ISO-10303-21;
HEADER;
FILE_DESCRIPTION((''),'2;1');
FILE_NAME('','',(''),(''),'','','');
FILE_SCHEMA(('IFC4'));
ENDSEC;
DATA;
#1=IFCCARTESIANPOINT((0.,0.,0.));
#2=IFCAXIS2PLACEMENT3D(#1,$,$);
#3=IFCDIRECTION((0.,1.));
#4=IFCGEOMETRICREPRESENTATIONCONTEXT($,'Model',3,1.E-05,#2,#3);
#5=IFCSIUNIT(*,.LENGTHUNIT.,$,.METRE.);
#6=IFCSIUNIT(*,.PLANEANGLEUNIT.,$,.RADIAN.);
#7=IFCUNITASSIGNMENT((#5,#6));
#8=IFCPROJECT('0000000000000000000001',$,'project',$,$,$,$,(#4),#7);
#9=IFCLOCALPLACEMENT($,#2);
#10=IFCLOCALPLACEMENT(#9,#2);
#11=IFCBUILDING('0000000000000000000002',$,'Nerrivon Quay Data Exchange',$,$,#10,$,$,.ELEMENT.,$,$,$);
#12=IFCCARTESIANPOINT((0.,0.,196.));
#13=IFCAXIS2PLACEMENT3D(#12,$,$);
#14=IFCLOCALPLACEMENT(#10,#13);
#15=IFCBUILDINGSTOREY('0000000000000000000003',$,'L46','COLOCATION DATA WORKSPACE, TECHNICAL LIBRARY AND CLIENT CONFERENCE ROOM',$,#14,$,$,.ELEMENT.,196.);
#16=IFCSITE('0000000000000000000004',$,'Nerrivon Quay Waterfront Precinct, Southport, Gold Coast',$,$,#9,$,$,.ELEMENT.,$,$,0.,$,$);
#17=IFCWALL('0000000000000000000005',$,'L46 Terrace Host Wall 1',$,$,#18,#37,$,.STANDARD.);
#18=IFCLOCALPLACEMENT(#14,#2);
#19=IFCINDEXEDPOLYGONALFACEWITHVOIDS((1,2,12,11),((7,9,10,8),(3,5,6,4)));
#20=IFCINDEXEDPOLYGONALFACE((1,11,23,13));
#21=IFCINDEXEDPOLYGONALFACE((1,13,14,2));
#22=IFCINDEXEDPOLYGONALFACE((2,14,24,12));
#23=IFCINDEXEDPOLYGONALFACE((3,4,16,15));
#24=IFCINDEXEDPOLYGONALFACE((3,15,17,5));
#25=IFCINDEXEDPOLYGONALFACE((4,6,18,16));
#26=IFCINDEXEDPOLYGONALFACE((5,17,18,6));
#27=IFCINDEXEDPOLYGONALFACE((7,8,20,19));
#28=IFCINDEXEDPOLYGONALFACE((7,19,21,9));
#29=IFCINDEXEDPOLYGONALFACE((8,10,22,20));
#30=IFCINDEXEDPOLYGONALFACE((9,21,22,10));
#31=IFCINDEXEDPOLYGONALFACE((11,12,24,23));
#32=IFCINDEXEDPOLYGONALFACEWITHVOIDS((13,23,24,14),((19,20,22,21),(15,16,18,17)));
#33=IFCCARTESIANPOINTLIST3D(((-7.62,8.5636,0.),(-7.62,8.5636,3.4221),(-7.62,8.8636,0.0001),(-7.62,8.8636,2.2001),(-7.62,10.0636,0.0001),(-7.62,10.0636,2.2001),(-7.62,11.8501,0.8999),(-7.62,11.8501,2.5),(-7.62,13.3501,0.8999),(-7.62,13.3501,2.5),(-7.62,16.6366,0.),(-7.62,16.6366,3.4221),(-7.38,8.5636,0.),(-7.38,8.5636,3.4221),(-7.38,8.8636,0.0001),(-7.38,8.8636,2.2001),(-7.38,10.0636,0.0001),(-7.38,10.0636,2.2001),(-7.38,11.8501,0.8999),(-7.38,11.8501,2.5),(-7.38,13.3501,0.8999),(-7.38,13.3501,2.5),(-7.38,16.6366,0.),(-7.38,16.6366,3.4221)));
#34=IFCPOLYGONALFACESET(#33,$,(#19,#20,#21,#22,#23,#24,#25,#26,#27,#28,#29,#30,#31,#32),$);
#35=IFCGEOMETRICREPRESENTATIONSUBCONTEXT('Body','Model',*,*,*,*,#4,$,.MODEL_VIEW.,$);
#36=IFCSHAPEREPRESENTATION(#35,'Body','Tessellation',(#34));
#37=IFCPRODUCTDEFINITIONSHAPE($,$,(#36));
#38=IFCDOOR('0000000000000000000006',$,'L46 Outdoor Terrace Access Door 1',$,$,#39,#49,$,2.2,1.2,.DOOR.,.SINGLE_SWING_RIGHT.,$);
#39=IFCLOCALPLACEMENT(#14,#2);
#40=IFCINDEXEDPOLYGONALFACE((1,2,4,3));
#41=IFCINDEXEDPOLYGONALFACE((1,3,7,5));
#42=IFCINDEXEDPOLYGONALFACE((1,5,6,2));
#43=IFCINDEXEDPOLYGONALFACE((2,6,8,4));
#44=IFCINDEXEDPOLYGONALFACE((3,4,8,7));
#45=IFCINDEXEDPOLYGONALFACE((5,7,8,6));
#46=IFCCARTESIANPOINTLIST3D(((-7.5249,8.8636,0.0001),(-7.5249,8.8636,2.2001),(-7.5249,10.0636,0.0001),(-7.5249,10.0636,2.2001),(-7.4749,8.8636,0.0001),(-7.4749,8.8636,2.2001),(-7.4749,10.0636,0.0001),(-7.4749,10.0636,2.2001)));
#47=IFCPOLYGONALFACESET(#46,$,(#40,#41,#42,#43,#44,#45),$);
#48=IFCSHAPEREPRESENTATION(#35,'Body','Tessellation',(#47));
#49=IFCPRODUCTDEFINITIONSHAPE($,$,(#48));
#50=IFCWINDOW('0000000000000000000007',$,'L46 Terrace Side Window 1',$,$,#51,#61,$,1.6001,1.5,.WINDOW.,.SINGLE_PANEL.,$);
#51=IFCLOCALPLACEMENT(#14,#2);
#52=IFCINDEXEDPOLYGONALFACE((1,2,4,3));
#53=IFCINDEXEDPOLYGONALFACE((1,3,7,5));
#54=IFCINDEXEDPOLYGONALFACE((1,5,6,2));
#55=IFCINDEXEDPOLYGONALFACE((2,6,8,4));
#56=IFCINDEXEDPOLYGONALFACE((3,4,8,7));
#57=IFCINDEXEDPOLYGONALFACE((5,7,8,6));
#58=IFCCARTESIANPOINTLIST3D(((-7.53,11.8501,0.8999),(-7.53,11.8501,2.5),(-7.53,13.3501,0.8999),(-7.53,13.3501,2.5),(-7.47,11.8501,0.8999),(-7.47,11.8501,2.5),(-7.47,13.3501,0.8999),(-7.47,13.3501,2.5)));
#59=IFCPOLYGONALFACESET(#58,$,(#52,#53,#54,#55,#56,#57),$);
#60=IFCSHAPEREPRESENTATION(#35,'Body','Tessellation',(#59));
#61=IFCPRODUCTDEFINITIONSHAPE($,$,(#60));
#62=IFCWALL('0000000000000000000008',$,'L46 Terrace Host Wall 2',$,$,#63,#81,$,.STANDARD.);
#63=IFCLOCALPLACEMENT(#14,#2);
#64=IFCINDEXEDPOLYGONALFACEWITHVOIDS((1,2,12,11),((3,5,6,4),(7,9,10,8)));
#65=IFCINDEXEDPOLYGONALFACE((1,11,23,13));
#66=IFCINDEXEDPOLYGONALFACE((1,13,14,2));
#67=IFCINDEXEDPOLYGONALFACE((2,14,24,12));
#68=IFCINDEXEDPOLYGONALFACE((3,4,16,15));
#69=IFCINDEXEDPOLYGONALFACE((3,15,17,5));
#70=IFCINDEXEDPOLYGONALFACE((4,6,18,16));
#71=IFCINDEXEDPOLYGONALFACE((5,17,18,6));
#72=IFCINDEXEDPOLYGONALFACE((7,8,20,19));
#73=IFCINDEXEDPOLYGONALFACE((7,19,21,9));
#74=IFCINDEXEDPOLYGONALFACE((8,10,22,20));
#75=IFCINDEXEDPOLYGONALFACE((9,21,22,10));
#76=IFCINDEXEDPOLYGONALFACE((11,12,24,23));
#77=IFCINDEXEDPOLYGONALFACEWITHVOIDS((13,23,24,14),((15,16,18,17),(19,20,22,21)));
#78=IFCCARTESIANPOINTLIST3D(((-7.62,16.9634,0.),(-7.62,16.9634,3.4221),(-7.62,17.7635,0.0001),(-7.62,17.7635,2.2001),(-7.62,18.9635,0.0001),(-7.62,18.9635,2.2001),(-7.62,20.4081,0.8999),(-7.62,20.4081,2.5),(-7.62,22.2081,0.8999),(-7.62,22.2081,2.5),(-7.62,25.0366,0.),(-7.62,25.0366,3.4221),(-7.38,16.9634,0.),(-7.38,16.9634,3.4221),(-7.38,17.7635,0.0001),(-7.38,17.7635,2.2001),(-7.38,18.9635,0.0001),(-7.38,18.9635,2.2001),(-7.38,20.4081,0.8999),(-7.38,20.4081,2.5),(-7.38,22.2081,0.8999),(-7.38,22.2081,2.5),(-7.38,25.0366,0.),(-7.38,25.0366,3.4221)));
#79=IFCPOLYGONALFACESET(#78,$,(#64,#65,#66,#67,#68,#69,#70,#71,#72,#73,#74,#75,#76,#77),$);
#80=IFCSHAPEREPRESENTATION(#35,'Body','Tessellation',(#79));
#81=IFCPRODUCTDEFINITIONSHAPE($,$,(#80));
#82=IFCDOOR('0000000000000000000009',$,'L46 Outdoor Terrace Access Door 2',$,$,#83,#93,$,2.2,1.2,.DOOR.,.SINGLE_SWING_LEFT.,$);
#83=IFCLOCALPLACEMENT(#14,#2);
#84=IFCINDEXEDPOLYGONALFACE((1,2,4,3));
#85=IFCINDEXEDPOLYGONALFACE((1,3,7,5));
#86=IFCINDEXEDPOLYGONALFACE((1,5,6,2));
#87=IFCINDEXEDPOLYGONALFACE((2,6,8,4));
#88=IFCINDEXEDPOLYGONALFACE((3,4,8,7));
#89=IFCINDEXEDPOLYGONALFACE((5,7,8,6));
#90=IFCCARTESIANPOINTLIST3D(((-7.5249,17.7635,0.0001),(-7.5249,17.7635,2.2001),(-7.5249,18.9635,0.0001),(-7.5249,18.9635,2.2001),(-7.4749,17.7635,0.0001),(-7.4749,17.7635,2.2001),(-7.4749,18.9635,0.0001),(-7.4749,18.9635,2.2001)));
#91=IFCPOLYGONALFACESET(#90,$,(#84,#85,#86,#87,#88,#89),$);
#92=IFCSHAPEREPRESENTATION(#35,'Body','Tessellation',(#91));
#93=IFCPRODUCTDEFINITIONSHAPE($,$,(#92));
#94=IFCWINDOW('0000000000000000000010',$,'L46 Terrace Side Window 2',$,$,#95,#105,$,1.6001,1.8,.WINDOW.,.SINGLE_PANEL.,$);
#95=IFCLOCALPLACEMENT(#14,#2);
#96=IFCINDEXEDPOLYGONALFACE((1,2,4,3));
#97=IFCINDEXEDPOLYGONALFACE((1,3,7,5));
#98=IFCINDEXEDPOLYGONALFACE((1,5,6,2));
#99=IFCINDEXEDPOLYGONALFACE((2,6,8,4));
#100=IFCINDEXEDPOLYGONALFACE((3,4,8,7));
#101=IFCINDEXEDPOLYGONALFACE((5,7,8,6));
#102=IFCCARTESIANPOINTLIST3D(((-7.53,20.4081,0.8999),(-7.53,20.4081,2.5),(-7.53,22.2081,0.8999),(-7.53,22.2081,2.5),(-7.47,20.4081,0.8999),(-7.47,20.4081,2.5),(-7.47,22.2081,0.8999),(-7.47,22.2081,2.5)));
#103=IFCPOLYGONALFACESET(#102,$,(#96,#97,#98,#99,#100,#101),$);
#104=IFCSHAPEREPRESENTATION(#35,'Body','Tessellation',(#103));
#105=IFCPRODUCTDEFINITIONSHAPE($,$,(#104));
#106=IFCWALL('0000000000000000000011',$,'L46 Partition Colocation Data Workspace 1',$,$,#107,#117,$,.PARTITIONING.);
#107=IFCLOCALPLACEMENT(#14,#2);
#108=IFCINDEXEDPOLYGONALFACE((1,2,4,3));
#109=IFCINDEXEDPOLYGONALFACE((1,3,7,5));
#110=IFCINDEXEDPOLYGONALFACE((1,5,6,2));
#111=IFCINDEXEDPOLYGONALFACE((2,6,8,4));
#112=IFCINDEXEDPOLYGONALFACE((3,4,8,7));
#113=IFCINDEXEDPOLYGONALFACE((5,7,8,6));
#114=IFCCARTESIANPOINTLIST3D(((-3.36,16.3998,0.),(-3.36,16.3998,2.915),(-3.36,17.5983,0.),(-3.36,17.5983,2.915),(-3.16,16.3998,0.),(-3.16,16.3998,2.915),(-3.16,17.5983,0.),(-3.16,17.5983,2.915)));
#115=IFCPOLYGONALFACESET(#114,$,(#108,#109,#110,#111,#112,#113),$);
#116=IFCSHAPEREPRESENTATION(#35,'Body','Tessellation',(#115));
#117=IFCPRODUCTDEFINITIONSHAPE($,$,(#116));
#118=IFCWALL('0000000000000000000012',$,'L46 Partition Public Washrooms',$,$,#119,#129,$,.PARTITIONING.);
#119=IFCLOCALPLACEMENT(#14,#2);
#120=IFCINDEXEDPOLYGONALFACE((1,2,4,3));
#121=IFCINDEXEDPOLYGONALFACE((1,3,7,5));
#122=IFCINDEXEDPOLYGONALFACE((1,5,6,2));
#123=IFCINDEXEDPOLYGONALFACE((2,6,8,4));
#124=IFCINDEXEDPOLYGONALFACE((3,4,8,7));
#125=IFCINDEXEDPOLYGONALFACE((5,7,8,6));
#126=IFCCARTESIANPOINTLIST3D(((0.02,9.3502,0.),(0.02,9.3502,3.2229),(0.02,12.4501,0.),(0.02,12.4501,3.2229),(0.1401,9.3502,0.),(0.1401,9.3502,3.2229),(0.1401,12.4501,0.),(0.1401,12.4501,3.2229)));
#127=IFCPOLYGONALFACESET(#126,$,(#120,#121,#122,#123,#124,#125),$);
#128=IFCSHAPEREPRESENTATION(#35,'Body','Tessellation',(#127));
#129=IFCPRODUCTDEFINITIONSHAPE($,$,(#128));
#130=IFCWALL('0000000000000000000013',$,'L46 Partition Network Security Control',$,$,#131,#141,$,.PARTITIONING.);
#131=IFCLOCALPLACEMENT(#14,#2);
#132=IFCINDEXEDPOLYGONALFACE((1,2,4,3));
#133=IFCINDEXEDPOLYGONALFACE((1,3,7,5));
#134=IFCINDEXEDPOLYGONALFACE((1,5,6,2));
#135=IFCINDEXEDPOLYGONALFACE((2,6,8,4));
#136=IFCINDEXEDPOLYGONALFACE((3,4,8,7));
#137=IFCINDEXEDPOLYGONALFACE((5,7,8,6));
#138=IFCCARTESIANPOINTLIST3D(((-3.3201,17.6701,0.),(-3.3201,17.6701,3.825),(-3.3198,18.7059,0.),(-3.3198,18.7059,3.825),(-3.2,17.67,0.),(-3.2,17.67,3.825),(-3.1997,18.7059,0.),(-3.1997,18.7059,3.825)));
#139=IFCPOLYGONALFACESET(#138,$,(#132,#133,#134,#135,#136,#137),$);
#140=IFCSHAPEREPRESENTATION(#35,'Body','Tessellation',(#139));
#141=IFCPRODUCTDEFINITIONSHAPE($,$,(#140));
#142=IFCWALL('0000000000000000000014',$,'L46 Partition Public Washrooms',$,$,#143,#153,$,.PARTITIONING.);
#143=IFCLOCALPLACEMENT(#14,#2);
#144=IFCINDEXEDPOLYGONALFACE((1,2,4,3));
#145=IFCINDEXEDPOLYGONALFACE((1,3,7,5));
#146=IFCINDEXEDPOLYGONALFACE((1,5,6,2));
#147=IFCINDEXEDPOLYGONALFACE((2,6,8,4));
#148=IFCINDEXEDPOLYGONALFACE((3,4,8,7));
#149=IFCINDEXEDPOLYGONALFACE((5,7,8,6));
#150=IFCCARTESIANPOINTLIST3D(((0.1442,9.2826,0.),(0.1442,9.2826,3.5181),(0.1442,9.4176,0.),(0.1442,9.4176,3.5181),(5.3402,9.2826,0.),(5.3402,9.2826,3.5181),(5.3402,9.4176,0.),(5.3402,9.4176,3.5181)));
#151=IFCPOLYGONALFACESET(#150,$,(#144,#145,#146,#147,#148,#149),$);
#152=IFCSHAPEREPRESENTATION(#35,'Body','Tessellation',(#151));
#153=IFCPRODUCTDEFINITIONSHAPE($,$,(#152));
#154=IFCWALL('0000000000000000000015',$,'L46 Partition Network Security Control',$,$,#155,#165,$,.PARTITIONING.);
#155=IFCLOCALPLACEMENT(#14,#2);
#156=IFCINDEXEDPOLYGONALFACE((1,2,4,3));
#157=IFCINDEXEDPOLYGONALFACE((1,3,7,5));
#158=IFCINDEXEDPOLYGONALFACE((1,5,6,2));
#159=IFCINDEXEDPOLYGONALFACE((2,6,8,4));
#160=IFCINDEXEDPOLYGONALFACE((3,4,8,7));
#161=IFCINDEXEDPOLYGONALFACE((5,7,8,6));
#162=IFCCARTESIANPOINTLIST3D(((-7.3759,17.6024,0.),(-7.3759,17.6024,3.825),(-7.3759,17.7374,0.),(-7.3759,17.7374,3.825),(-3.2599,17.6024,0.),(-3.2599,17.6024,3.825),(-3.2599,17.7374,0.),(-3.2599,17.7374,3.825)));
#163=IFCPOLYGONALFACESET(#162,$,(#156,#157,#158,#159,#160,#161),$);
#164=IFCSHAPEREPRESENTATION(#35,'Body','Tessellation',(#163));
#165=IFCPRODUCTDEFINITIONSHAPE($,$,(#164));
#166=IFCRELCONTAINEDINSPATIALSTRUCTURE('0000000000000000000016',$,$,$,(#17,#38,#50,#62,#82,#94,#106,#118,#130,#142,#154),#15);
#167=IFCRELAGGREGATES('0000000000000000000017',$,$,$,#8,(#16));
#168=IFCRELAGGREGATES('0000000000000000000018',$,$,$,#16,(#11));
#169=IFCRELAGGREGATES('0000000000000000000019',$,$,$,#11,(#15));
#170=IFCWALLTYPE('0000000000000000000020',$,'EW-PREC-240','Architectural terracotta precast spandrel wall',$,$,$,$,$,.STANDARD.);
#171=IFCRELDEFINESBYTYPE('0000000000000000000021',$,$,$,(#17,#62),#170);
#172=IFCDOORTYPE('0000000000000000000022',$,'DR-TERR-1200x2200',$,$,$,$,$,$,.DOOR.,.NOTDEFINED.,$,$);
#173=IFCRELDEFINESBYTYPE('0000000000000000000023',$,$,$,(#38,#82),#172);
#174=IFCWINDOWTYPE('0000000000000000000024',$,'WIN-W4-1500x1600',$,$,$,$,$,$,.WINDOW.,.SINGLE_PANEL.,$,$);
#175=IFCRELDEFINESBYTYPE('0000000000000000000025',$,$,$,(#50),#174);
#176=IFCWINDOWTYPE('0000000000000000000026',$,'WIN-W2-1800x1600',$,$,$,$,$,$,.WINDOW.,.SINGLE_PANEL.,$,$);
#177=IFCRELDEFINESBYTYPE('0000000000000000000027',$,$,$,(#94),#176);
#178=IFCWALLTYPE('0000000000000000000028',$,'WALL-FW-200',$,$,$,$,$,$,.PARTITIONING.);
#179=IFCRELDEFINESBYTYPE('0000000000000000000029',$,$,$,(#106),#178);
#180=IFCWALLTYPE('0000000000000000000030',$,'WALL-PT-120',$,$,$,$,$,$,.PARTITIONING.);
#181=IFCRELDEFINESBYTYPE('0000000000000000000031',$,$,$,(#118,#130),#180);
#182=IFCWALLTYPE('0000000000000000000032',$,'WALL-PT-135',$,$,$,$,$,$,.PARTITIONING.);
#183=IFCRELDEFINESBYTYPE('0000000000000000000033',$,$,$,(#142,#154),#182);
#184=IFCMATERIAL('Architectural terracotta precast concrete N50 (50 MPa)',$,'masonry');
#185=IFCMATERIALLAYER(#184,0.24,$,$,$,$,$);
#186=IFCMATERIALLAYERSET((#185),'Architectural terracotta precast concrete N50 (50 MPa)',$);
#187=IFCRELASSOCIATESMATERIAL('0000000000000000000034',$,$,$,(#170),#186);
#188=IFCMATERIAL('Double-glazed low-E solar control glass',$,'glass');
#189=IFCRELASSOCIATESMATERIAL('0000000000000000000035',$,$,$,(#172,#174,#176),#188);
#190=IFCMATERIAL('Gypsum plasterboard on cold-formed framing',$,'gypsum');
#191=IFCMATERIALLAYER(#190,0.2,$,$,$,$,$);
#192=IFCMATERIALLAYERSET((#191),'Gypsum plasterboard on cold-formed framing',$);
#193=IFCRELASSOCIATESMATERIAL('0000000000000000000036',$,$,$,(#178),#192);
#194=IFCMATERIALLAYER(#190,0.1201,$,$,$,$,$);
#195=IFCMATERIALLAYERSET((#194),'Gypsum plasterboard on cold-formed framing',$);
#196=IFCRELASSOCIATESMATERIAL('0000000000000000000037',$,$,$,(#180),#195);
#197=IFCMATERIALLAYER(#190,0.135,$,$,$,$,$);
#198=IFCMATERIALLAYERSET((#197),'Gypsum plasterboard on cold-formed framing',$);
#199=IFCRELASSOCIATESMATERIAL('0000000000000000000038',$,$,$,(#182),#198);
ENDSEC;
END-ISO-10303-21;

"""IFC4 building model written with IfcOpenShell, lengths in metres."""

from ifc_helpers import new_model, si_unit, direction, frame, frame_2d, origin, place, context, subcontext, project, spatial, rectangle, extrude, material, layer, layer_set, type_object, element, fill, save


model = new_model("IFC4")

# Units and contexts
model_context = context("Model", 3, precision=1e-05, world=origin(), true_north=direction((0.0, 1.0)))
body_context = subcontext(model_context, "Body", "Model", "MODEL_VIEW")
ifc_project = project(units=[si_unit("LENGTHUNIT", "METRE"), si_unit("PLANEANGLEUNIT", "RADIAN")], contexts=[model_context])

# Site, building, storey
site_placement = place(None, origin())
site = spatial("IfcSite", under=ifc_project, at=site_placement, Name="Nerrivon Quay Waterfront Precinct, Southport, Gold Coast", CompositionType="ELEMENT", RefElevation=0.0)
building_placement = place(site_placement, origin())
building = spatial("IfcBuilding", under=site, at=building_placement, Name="Nerrivon Quay Data Exchange", CompositionType="ELEMENT")
storey_placement = place(building_placement, frame((0.0, 0.0, 196.0)))
storey = spatial("IfcBuildingStorey", under=building, at=storey_placement, Name="L46", Description="COLOCATION DATA WORKSPACE, TECHNICAL LIBRARY AND CLIENT CONFERENCE ROOM", CompositionType="ELEMENT", Elevation=196.0)

# Walls, openings, doors, windows
ifc_material_1 = material(Name="Architectural terracotta precast concrete N50 (50 MPa)", Category="masonry")
ifc_layer_1 = layer(ifc_material_1, 0.24)
ifc_layer_set_1 = layer_set([ifc_layer_1], Name="Architectural terracotta precast concrete N50 (50 MPa)")
wall_type_1 = type_object("IfcWallType", Name="EW-PREC-240", Description="Architectural terracotta precast spandrel wall", PredefinedType="STANDARD", material=ifc_layer_set_1)
wall_1_placement = place(storey_placement, frame((-7.5, 8.5635, 0.0), z_axis=(0.0, 0.0, 1.0), x_axis=(0.0, 1.0, 0.0)))
wall_1 = element("IfcWall", 1, at=wall_1_placement, inside=storey, type_object=wall_type_1, Name="L46 Terrace Host Wall 1", PredefinedType="STANDARD", context=body_context, shape_type="SweptSolid", body=[
    extrude(rectangle(XDim=8.073, YDim=0.24, at=frame_2d((4.0366, 0.0))), origin(), (0.0, 0.0, 1.0), 3.4221),
])
opening_1_placement = place(wall_1_placement, frame((0.3, 0.0, 0.0)))
opening_1 = element("IfcOpeningElement", 2, at=opening_1_placement, cuts=wall_1, PredefinedType="OPENING", context=body_context, shape_type="SweptSolid", body=[
    extrude(rectangle(XDim=1.2, YDim=2.2, at=frame_2d((0.6001, 1.1001))), frame((0.0, 0.1299, 0.0), z_axis=(0.0, -1.0, 0.0), x_axis=(1.0, 0.0, 0.0)), (0.0, 0.0, 1.0), 0.26),
])
opening_2_placement = place(wall_1_placement, frame((3.2866, 0.0, 0.8999)))
opening_2 = element("IfcOpeningElement", 3, at=opening_2_placement, cuts=wall_1, PredefinedType="OPENING", context=body_context, shape_type="SweptSolid", body=[
    extrude(rectangle(XDim=1.5, YDim=1.6001, at=frame_2d((0.75, 0.8))), frame((0.0, 0.1299, 0.0), z_axis=(0.0, -1.0, 0.0), x_axis=(1.0, 0.0, 0.0)), (0.0, 0.0, 1.0), 0.26),
])
ifc_material_2 = material(Name="Double-glazed low-E solar control glass", Category="glass")
door_type = type_object("IfcDoorType", Name="DR-TERR-1200x2200", OperationType="NOTDEFINED", PredefinedType="DOOR", material=ifc_material_2)
door_1_placement = place(opening_1_placement, origin())
door_1 = element("IfcDoor", 4, at=door_1_placement, inside=storey, type_object=door_type, Name="L46 Outdoor Terrace Access Door 1", OperationType="SINGLE_SWING_RIGHT", OverallHeight=2.2, OverallWidth=1.2, PredefinedType="DOOR", context=body_context, shape_type="SweptSolid", body=[
    extrude(rectangle(XDim=1.2, YDim=2.2, at=frame_2d((0.6001, 1.1001))), frame((0.0, 0.0249, 0.0), z_axis=(0.0, -1.0, 0.0), x_axis=(1.0, 0.0, 0.0)), (0.0, 0.0, 1.0), 0.05),
])
fill(opening_1, door_1)
window_type_1 = type_object("IfcWindowType", Name="WIN-W4-1500x1600", PartitioningType="SINGLE_PANEL", PredefinedType="WINDOW", material=ifc_material_2)
window_1_placement = place(opening_2_placement, origin())
window_1 = element("IfcWindow", 5, at=window_1_placement, inside=storey, type_object=window_type_1, Name="L46 Terrace Side Window 1", OverallHeight=1.6001, OverallWidth=1.5, PartitioningType="SINGLE_PANEL", PredefinedType="WINDOW", context=body_context, shape_type="SweptSolid", body=[
    extrude(rectangle(XDim=1.5, YDim=1.6001, at=frame_2d((0.75, 0.8))), frame((0.0, 0.03, 0.0), z_axis=(0.0, -1.0, 0.0), x_axis=(1.0, 0.0, 0.0)), (0.0, 0.0, 1.0), 0.0601),
])
fill(opening_2, window_1)
wall_2_placement = place(storey_placement, frame((-7.5, 16.9634, 0.0), z_axis=(0.0, 0.0, 1.0), x_axis=(0.0, 1.0, 0.0)))
wall_2 = element("IfcWall", 6, at=wall_2_placement, inside=storey, type_object=wall_type_1, Name="L46 Terrace Host Wall 2", PredefinedType="STANDARD", context=body_context, shape_type="SweptSolid", body=[
    extrude(rectangle(XDim=8.0732, YDim=0.24, at=frame_2d((4.0366, 0.0))), origin(), (0.0, 0.0, 1.0), 3.4221),
])
opening_3_placement = place(wall_2_placement, frame((0.8, 0.0, 0.0)))
opening_3 = element("IfcOpeningElement", 7, at=opening_3_placement, cuts=wall_2, PredefinedType="OPENING", context=body_context, shape_type="SweptSolid", body=[
    extrude(rectangle(XDim=1.2, YDim=2.2, at=frame_2d((0.6001, 1.1001))), frame((0.0, 0.1299, 0.0), z_axis=(0.0, -1.0, 0.0), x_axis=(1.0, 0.0, 0.0)), (0.0, 0.0, 1.0), 0.26),
])
opening_4_placement = place(wall_2_placement, frame((3.4448, 0.0, 0.8999)))
opening_4 = element("IfcOpeningElement", 8, at=opening_4_placement, cuts=wall_2, PredefinedType="OPENING", context=body_context, shape_type="SweptSolid", body=[
    extrude(rectangle(XDim=1.8, YDim=1.6001, at=frame_2d((0.8999, 0.8))), frame((0.0, 0.1299, 0.0), z_axis=(0.0, -1.0, 0.0), x_axis=(1.0, 0.0, 0.0)), (0.0, 0.0, 1.0), 0.26),
])
door_2_placement = place(opening_3_placement, origin())
door_2 = element("IfcDoor", 9, at=door_2_placement, inside=storey, type_object=door_type, Name="L46 Outdoor Terrace Access Door 2", OperationType="SINGLE_SWING_LEFT", OverallHeight=2.2, OverallWidth=1.2, PredefinedType="DOOR", context=body_context, shape_type="SweptSolid", body=[
    extrude(rectangle(XDim=1.2, YDim=2.2, at=frame_2d((0.6001, 1.1001))), frame((0.0, 0.0249, 0.0), z_axis=(0.0, -1.0, 0.0), x_axis=(1.0, 0.0, 0.0)), (0.0, 0.0, 1.0), 0.05),
])
fill(opening_3, door_2)
window_type_2 = type_object("IfcWindowType", Name="WIN-W2-1800x1600", PartitioningType="SINGLE_PANEL", PredefinedType="WINDOW", material=ifc_material_2)
window_2_placement = place(opening_4_placement, origin())
window_2 = element("IfcWindow", 10, at=window_2_placement, inside=storey, type_object=window_type_2, Name="L46 Terrace Side Window 2", OverallHeight=1.6001, OverallWidth=1.8, PartitioningType="SINGLE_PANEL", PredefinedType="WINDOW", context=body_context, shape_type="SweptSolid", body=[
    extrude(rectangle(XDim=1.8, YDim=1.6001, at=frame_2d((0.8999, 0.8))), frame((0.0, 0.03, 0.0), z_axis=(0.0, -1.0, 0.0), x_axis=(1.0, 0.0, 0.0)), (0.0, 0.0, 1.0), 0.0601),
])
fill(opening_4, window_2)

# Walls
ifc_material_3 = material(Name="Gypsum plasterboard on cold-formed framing", Category="gypsum")
ifc_layer_2 = layer(ifc_material_3, 0.2)
ifc_layer_set_2 = layer_set([ifc_layer_2], Name="Gypsum plasterboard on cold-formed framing")
wall_type_2 = type_object("IfcWallType", Name="WALL-FW-200", PredefinedType="PARTITIONING", material=ifc_layer_set_2)
wall_3_placement = place(storey_placement, frame((-3.26, 16.3999, 0.0), z_axis=(0.0, 0.0, 1.0), x_axis=(0.0, 1.0, 0.0)))
element("IfcWall", 11, at=wall_3_placement, inside=storey, type_object=wall_type_2, Name="L46 Partition Colocation Data Workspace 1", PredefinedType="PARTITIONING", context=body_context, shape_type="SweptSolid", body=[
    extrude(rectangle(XDim=1.1985, YDim=0.2, at=frame_2d((0.5991, 0.0))), origin(), (0.0, 0.0, 1.0), 2.915),
])
ifc_layer_3 = layer(ifc_material_3, 0.1201)
ifc_layer_set_3 = layer_set([ifc_layer_3], Name="Gypsum plasterboard on cold-formed framing")
wall_type_3 = type_object("IfcWallType", Name="WALL-PT-120", PredefinedType="PARTITIONING", material=ifc_layer_set_3)
wall_4_placement = place(storey_placement, frame((0.0801, 12.45, 0.0), z_axis=(0.0, 0.0, 1.0), x_axis=(0.0, -1.0, 0.0)))
element("IfcWall", 12, at=wall_4_placement, inside=storey, type_object=wall_type_3, Name="L46 Partition Public Washrooms", PredefinedType="PARTITIONING", context=body_context, shape_type="SweptSolid", body=[
    extrude(rectangle(XDim=3.0999, YDim=0.1201, at=frame_2d((1.5498, 0.0))), origin(), (0.0, 0.0, 1.0), 3.2229),
])
wall_5_placement = place(storey_placement, frame((-3.26, 17.6699, 0.0), z_axis=(0.0, 0.0, 1.0), x_axis=(0.000236, 1.0, 0.0)))
element("IfcWall", 13, at=wall_5_placement, inside=storey, type_object=wall_type_3, Name="L46 Partition Network Security Control", PredefinedType="PARTITIONING", context=body_context, shape_type="SweptSolid", body=[
    extrude(rectangle(XDim=1.0359, YDim=0.1201, at=frame_2d((0.5181, 0.0))), origin(), (0.0, 0.0, 1.0), 3.825),
])
ifc_layer_4 = layer(ifc_material_3, 0.135)
ifc_layer_set_4 = layer_set([ifc_layer_4], Name="Gypsum plasterboard on cold-formed framing")
wall_type_4 = type_object("IfcWallType", Name="WALL-PT-135", PredefinedType="PARTITIONING", material=ifc_layer_set_4)
wall_6_placement = place(storey_placement, frame((0.144, 9.3501, 0.0), z_axis=(0.0, 0.0, 1.0), x_axis=(1.0, 0.0, 0.0)))
element("IfcWall", 14, at=wall_6_placement, inside=storey, type_object=wall_type_4, Name="L46 Partition Public Washrooms", PredefinedType="PARTITIONING", context=body_context, shape_type="SweptSolid", body=[
    extrude(rectangle(XDim=5.196, YDim=0.135, at=frame_2d((2.5981, 0.0))), origin(), (0.0, 0.0, 1.0), 3.5181),
])
wall_7_placement = place(storey_placement, frame((-7.376, 17.6699, 0.0), z_axis=(0.0, 0.0, 1.0), x_axis=(1.0, 0.0, 0.0)))
element("IfcWall", 15, at=wall_7_placement, inside=storey, type_object=wall_type_4, Name="L46 Partition Network Security Control", PredefinedType="PARTITIONING", context=body_context, shape_type="SweptSolid", body=[
    extrude(rectangle(XDim=4.116, YDim=0.135, at=frame_2d((2.0581, 0.0))), origin(), (0.0, 0.0, 1.0), 3.825),
])

save(model, "model.ifc")
